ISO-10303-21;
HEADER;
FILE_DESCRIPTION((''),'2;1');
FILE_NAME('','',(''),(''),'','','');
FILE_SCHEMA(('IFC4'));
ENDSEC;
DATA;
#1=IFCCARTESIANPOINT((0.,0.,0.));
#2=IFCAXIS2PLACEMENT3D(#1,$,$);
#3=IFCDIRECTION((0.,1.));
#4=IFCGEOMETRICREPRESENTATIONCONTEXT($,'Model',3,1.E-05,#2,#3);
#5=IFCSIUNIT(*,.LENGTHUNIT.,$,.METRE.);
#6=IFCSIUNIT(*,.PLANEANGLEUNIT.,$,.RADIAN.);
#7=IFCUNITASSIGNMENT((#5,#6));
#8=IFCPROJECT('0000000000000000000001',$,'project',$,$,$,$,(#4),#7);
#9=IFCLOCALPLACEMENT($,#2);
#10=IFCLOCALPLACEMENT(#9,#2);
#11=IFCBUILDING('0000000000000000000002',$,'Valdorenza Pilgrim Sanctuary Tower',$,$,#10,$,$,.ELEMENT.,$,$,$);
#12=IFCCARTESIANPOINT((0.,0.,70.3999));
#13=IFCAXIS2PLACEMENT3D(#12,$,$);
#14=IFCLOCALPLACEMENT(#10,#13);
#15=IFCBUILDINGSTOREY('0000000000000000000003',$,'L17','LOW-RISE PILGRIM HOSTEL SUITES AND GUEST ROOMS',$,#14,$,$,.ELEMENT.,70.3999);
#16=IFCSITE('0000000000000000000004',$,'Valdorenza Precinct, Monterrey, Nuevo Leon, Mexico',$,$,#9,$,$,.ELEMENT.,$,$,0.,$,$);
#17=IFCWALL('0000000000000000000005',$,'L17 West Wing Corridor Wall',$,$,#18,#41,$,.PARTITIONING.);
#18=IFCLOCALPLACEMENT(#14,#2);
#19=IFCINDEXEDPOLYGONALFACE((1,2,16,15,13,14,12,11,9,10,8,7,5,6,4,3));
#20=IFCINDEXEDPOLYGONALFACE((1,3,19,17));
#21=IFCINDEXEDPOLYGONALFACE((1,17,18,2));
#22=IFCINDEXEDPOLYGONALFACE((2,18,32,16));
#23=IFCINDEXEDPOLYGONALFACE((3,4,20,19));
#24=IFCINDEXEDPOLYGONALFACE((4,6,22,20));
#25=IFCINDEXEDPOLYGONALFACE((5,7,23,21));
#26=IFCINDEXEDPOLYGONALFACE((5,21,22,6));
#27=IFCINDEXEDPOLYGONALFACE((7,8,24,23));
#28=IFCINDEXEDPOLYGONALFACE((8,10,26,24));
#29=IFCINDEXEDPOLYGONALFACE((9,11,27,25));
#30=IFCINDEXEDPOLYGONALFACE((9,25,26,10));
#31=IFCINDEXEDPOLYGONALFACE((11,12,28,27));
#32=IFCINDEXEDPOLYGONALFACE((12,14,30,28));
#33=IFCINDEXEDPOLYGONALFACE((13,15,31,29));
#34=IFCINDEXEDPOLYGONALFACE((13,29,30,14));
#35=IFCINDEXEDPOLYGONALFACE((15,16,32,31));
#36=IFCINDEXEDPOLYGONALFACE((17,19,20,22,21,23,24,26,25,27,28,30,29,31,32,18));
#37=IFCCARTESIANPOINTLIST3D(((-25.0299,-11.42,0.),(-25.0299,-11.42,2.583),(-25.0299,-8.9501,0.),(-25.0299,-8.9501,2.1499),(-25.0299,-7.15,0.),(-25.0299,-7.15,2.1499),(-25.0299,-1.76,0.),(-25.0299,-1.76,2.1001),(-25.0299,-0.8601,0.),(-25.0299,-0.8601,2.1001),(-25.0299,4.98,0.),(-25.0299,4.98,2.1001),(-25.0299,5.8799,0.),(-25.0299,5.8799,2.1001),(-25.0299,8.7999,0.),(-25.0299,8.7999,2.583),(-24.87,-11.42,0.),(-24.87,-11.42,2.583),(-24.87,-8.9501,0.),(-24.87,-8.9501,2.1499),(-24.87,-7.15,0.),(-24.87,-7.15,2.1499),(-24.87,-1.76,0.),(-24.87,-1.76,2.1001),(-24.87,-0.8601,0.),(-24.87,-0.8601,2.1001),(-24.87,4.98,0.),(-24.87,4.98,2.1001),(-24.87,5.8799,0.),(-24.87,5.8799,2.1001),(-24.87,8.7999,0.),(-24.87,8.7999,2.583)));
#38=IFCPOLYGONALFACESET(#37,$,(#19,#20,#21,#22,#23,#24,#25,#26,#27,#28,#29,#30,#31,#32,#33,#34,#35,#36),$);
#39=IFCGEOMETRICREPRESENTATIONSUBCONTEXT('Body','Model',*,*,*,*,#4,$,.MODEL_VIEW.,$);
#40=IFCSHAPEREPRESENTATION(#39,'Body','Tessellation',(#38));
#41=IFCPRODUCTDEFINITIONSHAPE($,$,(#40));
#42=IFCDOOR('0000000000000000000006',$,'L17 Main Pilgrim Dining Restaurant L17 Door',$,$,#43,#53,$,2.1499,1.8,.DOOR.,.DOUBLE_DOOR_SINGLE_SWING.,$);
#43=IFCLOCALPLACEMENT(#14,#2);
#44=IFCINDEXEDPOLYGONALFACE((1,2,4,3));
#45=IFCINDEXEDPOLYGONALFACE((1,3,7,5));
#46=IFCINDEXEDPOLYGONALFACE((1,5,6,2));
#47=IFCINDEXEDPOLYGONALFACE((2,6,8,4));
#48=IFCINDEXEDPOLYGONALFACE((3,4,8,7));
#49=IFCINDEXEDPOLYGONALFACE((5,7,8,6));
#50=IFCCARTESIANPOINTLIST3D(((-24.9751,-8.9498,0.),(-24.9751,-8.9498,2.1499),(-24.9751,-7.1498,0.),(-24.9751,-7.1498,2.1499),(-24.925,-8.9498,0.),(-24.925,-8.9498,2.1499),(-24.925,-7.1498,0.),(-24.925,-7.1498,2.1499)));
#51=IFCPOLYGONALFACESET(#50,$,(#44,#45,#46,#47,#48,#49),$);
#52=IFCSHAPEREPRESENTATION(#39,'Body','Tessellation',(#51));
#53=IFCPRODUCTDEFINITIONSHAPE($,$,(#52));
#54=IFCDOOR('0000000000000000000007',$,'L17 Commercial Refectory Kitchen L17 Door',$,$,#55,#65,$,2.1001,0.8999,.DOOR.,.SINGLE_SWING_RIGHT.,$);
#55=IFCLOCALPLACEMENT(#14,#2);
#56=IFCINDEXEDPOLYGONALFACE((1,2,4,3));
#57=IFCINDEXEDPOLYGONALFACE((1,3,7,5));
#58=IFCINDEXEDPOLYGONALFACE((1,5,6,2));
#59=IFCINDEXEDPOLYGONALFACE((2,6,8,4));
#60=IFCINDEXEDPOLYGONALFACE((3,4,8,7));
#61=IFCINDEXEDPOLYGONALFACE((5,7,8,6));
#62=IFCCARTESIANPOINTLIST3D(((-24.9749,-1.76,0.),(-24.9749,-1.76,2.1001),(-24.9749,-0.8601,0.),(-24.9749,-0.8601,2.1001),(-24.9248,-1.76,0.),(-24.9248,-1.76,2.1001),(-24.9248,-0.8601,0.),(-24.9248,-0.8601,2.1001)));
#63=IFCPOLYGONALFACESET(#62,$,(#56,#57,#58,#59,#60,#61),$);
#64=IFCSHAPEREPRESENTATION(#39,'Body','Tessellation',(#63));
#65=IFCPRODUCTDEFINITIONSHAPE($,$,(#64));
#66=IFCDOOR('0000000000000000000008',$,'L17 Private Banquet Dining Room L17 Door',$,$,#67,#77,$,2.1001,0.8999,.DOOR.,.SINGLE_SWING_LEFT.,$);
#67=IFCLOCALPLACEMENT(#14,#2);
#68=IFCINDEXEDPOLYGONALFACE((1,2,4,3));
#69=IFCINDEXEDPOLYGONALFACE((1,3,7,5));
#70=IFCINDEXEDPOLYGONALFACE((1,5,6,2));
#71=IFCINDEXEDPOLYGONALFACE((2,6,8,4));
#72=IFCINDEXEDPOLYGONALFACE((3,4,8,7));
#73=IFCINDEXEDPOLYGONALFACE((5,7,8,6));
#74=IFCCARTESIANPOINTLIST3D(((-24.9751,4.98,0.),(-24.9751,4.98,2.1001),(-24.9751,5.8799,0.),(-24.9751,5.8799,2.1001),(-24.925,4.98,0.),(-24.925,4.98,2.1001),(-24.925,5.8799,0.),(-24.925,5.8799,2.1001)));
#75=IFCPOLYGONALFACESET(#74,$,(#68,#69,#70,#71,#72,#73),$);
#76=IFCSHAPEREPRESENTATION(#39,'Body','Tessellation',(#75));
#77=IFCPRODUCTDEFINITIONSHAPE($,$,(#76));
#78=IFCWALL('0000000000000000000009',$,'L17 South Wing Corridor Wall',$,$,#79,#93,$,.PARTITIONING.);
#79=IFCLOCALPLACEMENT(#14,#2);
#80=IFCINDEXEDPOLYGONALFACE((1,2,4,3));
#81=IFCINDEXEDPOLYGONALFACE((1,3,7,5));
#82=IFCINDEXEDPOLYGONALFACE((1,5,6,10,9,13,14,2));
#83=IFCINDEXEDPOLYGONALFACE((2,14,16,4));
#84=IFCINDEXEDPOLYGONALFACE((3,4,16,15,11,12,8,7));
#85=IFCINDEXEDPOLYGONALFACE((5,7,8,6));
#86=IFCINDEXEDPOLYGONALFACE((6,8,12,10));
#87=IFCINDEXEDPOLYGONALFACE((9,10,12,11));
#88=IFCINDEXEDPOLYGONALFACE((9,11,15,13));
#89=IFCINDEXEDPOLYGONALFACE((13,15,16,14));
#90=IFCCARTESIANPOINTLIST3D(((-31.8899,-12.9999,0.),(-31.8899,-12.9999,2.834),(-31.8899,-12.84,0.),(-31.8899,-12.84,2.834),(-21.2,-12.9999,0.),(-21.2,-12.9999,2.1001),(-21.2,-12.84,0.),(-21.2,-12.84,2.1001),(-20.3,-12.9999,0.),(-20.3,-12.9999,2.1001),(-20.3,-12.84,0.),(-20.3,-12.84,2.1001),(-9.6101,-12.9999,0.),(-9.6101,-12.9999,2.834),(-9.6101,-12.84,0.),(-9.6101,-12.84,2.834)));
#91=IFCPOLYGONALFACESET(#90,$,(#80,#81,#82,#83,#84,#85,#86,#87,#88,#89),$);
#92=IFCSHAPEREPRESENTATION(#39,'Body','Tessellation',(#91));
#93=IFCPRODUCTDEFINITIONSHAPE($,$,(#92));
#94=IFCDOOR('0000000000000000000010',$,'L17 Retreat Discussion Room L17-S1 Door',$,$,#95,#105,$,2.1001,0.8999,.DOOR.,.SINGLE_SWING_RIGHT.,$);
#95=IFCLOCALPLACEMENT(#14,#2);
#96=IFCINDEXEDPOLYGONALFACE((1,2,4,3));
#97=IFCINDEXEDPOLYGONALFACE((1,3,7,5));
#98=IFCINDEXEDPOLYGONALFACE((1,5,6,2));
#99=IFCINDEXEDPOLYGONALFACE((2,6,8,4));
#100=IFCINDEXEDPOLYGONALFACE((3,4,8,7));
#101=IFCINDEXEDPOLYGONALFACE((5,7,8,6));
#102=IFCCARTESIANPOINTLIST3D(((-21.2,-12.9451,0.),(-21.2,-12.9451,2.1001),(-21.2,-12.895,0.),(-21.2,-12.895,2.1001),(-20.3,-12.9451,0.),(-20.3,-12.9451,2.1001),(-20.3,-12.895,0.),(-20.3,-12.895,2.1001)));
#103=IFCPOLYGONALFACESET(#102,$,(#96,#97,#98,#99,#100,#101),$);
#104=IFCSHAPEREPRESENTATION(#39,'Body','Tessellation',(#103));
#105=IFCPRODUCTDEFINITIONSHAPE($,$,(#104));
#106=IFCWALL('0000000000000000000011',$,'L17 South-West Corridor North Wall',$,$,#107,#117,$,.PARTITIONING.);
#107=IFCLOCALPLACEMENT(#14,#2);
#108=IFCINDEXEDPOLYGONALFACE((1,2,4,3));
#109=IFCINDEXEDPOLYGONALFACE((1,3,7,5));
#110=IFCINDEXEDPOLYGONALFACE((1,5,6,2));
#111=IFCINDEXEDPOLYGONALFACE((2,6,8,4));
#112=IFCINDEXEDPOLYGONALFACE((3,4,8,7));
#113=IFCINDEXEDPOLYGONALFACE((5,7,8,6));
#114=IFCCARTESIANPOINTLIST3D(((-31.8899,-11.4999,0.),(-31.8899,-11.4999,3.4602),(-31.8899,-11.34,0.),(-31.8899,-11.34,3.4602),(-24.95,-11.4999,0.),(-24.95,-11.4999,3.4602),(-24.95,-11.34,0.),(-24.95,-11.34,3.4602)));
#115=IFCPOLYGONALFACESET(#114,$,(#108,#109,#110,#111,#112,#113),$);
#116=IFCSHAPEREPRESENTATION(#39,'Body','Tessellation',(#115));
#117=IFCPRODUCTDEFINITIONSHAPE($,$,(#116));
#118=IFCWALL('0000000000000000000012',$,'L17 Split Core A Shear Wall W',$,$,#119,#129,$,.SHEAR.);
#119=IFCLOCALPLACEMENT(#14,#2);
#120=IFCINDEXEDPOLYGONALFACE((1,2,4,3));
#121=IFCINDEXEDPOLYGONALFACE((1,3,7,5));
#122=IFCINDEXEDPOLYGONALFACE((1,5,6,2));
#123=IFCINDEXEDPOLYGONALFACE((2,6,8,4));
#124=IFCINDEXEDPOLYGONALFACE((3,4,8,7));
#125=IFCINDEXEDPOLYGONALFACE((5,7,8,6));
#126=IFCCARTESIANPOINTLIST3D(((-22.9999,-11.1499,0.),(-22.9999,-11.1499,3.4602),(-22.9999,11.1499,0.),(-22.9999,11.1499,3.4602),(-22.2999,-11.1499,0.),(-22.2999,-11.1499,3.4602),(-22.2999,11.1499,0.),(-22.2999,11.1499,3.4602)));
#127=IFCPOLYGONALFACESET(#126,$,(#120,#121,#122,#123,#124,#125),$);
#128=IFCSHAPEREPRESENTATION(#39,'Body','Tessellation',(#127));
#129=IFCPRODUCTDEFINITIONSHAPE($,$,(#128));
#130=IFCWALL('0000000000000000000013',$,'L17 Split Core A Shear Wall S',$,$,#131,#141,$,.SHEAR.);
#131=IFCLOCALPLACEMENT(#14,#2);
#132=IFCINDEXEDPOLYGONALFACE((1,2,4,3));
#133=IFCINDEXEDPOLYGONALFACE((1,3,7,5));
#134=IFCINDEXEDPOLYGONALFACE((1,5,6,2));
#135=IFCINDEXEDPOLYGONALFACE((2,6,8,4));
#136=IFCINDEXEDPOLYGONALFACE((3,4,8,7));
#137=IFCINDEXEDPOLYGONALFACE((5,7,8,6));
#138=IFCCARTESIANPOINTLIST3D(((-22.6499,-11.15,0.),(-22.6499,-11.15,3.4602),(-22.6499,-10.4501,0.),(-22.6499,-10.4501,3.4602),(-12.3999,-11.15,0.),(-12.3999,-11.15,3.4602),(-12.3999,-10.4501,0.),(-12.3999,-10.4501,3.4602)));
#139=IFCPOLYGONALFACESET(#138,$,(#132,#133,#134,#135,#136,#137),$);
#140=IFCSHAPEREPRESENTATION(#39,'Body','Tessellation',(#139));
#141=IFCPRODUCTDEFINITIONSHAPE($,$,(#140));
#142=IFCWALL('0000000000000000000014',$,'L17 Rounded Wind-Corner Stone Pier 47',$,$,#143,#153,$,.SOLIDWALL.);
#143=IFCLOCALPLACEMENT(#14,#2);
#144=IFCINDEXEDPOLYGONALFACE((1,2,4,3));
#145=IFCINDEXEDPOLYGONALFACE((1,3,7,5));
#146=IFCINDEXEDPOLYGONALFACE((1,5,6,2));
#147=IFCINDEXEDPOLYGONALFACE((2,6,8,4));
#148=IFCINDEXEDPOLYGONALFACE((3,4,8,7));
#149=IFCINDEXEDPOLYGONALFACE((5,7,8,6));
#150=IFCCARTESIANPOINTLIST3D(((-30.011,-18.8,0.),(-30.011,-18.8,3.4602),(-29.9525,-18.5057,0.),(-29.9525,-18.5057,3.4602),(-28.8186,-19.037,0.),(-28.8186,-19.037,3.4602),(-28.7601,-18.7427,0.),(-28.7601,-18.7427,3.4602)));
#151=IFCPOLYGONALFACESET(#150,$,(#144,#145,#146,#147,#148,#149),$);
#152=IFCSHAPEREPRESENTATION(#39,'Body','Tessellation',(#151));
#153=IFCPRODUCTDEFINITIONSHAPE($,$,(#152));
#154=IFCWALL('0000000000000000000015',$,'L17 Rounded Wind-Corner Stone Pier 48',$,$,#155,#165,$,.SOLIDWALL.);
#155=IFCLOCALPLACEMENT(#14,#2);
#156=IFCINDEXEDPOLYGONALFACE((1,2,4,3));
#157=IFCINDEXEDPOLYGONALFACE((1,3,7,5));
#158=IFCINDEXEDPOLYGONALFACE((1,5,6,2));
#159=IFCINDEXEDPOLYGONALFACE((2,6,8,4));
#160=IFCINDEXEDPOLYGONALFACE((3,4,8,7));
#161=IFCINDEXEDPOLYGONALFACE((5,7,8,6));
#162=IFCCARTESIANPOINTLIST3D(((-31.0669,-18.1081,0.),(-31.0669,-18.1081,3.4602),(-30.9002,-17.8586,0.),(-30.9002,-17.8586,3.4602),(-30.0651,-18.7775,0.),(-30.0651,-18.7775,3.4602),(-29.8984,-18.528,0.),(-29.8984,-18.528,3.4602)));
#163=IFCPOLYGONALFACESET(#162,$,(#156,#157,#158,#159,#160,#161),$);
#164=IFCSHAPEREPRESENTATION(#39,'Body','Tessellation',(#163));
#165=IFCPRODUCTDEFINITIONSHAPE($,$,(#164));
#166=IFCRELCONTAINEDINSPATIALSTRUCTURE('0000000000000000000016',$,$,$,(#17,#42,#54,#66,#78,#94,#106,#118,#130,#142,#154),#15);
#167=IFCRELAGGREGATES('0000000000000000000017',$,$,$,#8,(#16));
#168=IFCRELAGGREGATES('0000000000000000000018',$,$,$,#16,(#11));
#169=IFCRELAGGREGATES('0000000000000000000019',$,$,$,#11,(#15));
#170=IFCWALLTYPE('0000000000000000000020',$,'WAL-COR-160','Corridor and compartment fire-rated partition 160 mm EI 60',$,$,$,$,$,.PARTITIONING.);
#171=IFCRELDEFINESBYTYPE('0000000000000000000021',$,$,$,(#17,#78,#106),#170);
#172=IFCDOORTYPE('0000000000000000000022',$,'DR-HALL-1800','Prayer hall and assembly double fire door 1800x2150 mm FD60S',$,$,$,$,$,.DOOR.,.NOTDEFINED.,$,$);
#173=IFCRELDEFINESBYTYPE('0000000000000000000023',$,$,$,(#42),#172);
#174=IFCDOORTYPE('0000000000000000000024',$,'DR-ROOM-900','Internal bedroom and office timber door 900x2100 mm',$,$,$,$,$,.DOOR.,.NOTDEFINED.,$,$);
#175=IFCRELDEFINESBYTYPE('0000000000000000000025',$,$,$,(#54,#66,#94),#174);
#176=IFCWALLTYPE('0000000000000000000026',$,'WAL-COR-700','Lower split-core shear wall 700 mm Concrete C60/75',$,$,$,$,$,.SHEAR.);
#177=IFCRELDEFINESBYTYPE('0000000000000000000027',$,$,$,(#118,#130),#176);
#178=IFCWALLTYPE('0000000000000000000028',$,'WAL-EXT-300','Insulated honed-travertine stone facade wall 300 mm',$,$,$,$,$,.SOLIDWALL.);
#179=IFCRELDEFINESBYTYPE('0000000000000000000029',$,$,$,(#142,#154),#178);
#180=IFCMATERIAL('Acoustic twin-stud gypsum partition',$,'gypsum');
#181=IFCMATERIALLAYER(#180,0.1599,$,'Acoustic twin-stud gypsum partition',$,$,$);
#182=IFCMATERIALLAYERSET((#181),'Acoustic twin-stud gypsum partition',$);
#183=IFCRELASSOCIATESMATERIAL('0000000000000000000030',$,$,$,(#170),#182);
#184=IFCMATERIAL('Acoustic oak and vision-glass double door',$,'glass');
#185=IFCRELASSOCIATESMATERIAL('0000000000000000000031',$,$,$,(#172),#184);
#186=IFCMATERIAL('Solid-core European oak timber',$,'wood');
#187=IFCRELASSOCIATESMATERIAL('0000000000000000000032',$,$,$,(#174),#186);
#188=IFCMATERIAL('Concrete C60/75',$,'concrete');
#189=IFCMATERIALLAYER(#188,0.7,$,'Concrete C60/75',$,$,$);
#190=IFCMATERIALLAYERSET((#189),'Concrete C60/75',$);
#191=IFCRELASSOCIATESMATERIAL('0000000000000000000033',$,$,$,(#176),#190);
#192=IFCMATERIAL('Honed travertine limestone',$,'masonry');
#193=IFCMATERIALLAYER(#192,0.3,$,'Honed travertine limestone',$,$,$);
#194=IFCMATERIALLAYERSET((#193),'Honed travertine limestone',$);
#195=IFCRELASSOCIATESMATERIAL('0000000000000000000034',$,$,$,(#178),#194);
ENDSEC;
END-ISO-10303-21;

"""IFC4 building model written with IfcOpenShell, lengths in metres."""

from ifc_helpers import new_model, si_unit, direction, frame, frame_2d, origin, place, context, subcontext, project, spatial, rectangle, extrude, material, layer, layer_set, type_object, element, fill, save


model = new_model("IFC4")

# Units and contexts
model_context = context("Model", 3, precision=1e-05, world=origin(), true_north=direction((0.0, 1.0)))
body_context = subcontext(model_context, "Body", "Model", "MODEL_VIEW")
ifc_project = project(units=[si_unit("LENGTHUNIT", "METRE"), si_unit("PLANEANGLEUNIT", "RADIAN")], contexts=[model_context])

# Site, building, storey
site_placement = place(None, origin())
site = spatial("IfcSite", under=ifc_project, at=site_placement, Name="Valdorenza Precinct, Monterrey, Nuevo Leon, Mexico", CompositionType="ELEMENT", RefElevation=0.0)
building_placement = place(site_placement, origin())
building = spatial("IfcBuilding", under=site, at=building_placement, Name="Valdorenza Pilgrim Sanctuary Tower", CompositionType="ELEMENT")
storey_placement = place(building_placement, frame((0.0, 0.0, 70.3999)))
storey = spatial("IfcBuildingStorey", under=building, at=storey_placement, Name="L17", Description="LOW-RISE PILGRIM HOSTEL SUITES AND GUEST ROOMS", CompositionType="ELEMENT", Elevation=70.3999)

# Shared definitions
ifc_material_1 = material(Name="Concrete C60/75", Category="concrete")

# Shared definitions
ifc_material_2 = material(Name="Honed travertine limestone", Category="masonry")

# Wall, openings, doors
ifc_material_3 = material(Name="Acoustic twin-stud gypsum partition", Category="gypsum")
ifc_layer_1 = layer(ifc_material_3, 0.1599, Name="Acoustic twin-stud gypsum partition")
ifc_layer_set_1 = layer_set([ifc_layer_1], Name="Acoustic twin-stud gypsum partition")
wall_type_1 = type_object("IfcWallType", Name="WAL-COR-160", Description="Corridor and compartment fire-rated partition 160 mm EI 60", PredefinedType="PARTITIONING", material=ifc_layer_set_1)
wall_1_placement = place(storey_placement, frame((-24.95, -11.4199, 0.0), z_axis=(0.0, 0.0, 1.0), x_axis=(0.0, 1.0, 0.0)))
wall_1 = element("IfcWall", 1, at=wall_1_placement, inside=storey, type_object=wall_type_1, Name="L17 West Wing Corridor Wall", PredefinedType="PARTITIONING", context=body_context, shape_type="SweptSolid", body=[
    extrude(rectangle(XDim=20.22, YDim=0.1599, at=frame_2d((10.1099, 0.0))), origin(), (0.0, 0.0, 1.0), 2.583),
])
opening_1_placement = place(wall_1_placement, frame((2.47, 0.0, 0.0)))
opening_1 = element("IfcOpeningElement", 2, at=opening_1_placement, cuts=wall_1, PredefinedType="OPENING", context=body_context, shape_type="SweptSolid", body=[
    extrude(rectangle(XDim=1.8, YDim=2.1499, at=frame_2d((0.8999, 1.075))), frame((0.0, 0.0947, 0.0), z_axis=(0.0, -1.0, 0.0), x_axis=(1.0, 0.0, 0.0)), (0.0, 0.0, 1.0), 0.1897),
])
opening_2_placement = place(wall_1_placement, frame((9.6599, 0.0, 0.0)))
opening_2 = element("IfcOpeningElement", 3, at=opening_2_placement, cuts=wall_1, PredefinedType="OPENING", context=body_context, shape_type="SweptSolid", body=[
    extrude(rectangle(XDim=0.8999, YDim=2.1001, at=frame_2d((0.45, 1.05))), frame((0.0, 0.0947, 0.0), z_axis=(0.0, -1.0, 0.0), x_axis=(1.0, 0.0, 0.0)), (0.0, 0.0, 1.0), 0.1897),
])
opening_3_placement = place(wall_1_placement, frame((16.3999, 0.0, 0.0)))
opening_3 = element("IfcOpeningElement", 4, at=opening_3_placement, cuts=wall_1, PredefinedType="OPENING", context=body_context, shape_type="SweptSolid", body=[
    extrude(rectangle(XDim=0.8999, YDim=2.1001, at=frame_2d((0.45, 1.05))), frame((0.0, 0.0947, 0.0), z_axis=(0.0, -1.0, 0.0), x_axis=(1.0, 0.0, 0.0)), (0.0, 0.0, 1.0), 0.1897),
])
ifc_material_4 = material(Name="Acoustic oak and vision-glass double door", Category="glass")
door_type_1 = type_object("IfcDoorType", Name="DR-HALL-1800", Description="Prayer hall and assembly double fire door 1800x2150 mm FD60S", OperationType="NOTDEFINED", PredefinedType="DOOR", material=ifc_material_4)
door_1_placement = place(opening_1_placement, frame((1.8, 0.0, 0.0), z_axis=(0.0, 0.0, 1.0), x_axis=(-1.0, 0.0, 0.0)))
door_1 = element("IfcDoor", 5, at=door_1_placement, inside=storey, type_object=door_type_1, Name="L17 Main Pilgrim Dining Restaurant L17 Door", OperationType="DOUBLE_DOOR_SINGLE_SWING", OverallHeight=2.1499, OverallWidth=1.8, PredefinedType="DOOR", context=body_context, shape_type="SweptSolid", body=[
    extrude(rectangle(XDim=1.8, YDim=2.1499, at=frame_2d((0.8999, 1.075))), frame((0.0, 0.0249, 0.0), z_axis=(0.0, -1.0, 0.0), x_axis=(1.0, 0.0, 0.0)), (0.0, 0.0, 1.0), 0.05),
])
fill(opening_1, door_1)
ifc_material_5 = material(Name="Solid-core European oak timber", Category="wood")
door_type_2 = type_object("IfcDoorType", Name="DR-ROOM-900", Description="Internal bedroom and office timber door 900x2100 mm", OperationType="NOTDEFINED", PredefinedType="DOOR", material=ifc_material_5)
door_2_placement = place(opening_2_placement, origin())
door_2 = element("IfcDoor", 6, at=door_2_placement, inside=storey, type_object=door_type_2, Name="L17 Commercial Refectory Kitchen L17 Door", OperationType="SINGLE_SWING_RIGHT", OverallHeight=2.1001, OverallWidth=0.8999, PredefinedType="DOOR", context=body_context, shape_type="SweptSolid", body=[
    extrude(rectangle(XDim=0.8999, YDim=2.1001, at=frame_2d((0.45, 1.05))), frame((0.0, 0.0249, 0.0), z_axis=(0.0, -1.0, 0.0), x_axis=(1.0, 0.0, 0.0)), (0.0, 0.0, 1.0), 0.05),
])
fill(opening_2, door_2)
door_3_placement = place(opening_3_placement, frame((0.8999, 0.0, 0.0), z_axis=(0.0, 0.0, 1.0), x_axis=(-1.0, 0.0, 0.0)))
door_3 = element("IfcDoor", 7, at=door_3_placement, inside=storey, type_object=door_type_2, Name="L17 Private Banquet Dining Room L17 Door", OperationType="SINGLE_SWING_LEFT", OverallHeight=2.1001, OverallWidth=0.8999, PredefinedType="DOOR", context=body_context, shape_type="SweptSolid", body=[
    extrude(rectangle(XDim=0.8999, YDim=2.1001, at=frame_2d((0.45, 1.05))), frame((0.0, 0.0249, 0.0), z_axis=(0.0, -1.0, 0.0), x_axis=(1.0, 0.0, 0.0)), (0.0, 0.0, 1.0), 0.05),
])
fill(opening_3, door_3)

# Wall, opening, door
wall_2_placement = place(storey_placement, frame((-31.8899, -12.9199, 0.0), z_axis=(0.0, 0.0, 1.0), x_axis=(1.0, 0.0, 0.0)))
wall_2 = element("IfcWall", 8, at=wall_2_placement, inside=storey, type_object=wall_type_1, Name="L17 South Wing Corridor Wall", PredefinedType="PARTITIONING", context=body_context, shape_type="SweptSolid", body=[
    extrude(rectangle(XDim=22.2798, YDim=0.1599, at=frame_2d((11.1399, 0.0))), origin(), (0.0, 0.0, 1.0), 2.834),
])
opening_4_placement = place(wall_2_placement, frame((10.6899, 0.0, 0.0)))
opening_4 = element("IfcOpeningElement", 9, at=opening_4_placement, cuts=wall_2, PredefinedType="OPENING", context=body_context, shape_type="SweptSolid", body=[
    extrude(rectangle(XDim=0.8999, YDim=2.1001, at=frame_2d((0.45, 1.05))), frame((0.0, 0.0947, 0.0), z_axis=(0.0, -1.0, 0.0), x_axis=(1.0, 0.0, 0.0)), (0.0, 0.0, 1.0), 0.1897),
])
door_4_placement = place(opening_4_placement, origin())
door_4 = element("IfcDoor", 10, at=door_4_placement, inside=storey, type_object=door_type_2, Name="L17 Retreat Discussion Room L17-S1 Door", OperationType="SINGLE_SWING_RIGHT", OverallHeight=2.1001, OverallWidth=0.8999, PredefinedType="DOOR", context=body_context, shape_type="SweptSolid", body=[
    extrude(rectangle(XDim=0.8999, YDim=2.1001, at=frame_2d((0.45, 1.05))), frame((0.0, 0.0249, 0.0), z_axis=(0.0, -1.0, 0.0), x_axis=(1.0, 0.0, 0.0)), (0.0, 0.0, 1.0), 0.05),
])
fill(opening_4, door_4)

# Walls
wall_3_placement = place(storey_placement, frame((-31.8899, -11.4199, 0.0), z_axis=(0.0, 0.0, 1.0), x_axis=(1.0, 0.0, 0.0)))
element("IfcWall", 11, at=wall_3_placement, inside=storey, type_object=wall_type_1, Name="L17 South-West Corridor North Wall", PredefinedType="PARTITIONING", context=body_context, shape_type="SweptSolid", body=[
    extrude(rectangle(XDim=6.9399, YDim=0.1599, at=frame_2d((3.47, 0.0))), origin(), (0.0, 0.0, 1.0), 3.4602),
])
ifc_layer_2 = layer(ifc_material_1, 0.7, Name="Concrete C60/75")
ifc_layer_set_2 = layer_set([ifc_layer_2], Name="Concrete C60/75")
wall_type_2 = type_object("IfcWallType", Name="WAL-COR-700", Description="Lower split-core shear wall 700 mm Concrete C60/75", PredefinedType="SHEAR", material=ifc_layer_set_2)
wall_4_placement = place(storey_placement, frame((-22.6499, -11.1499, 0.0), z_axis=(0.0, 0.0, 1.0), x_axis=(0.0, 1.0, 0.0)))
element("IfcWall", 12, at=wall_4_placement, inside=storey, type_object=wall_type_2, Name="L17 Split Core A Shear Wall W", PredefinedType="SHEAR", context=body_context, shape_type="SweptSolid", body=[
    extrude(rectangle(XDim=22.2998, YDim=0.7, at=frame_2d((11.1499, 0.0))), origin(), (0.0, 0.0, 1.0), 3.4602),
])
wall_5_placement = place(storey_placement, frame((-22.6499, -10.8, 0.0), z_axis=(0.0, 0.0, 1.0), x_axis=(1.0, 0.0, 0.0)))
element("IfcWall", 13, at=wall_5_placement, inside=storey, type_object=wall_type_2, Name="L17 Split Core A Shear Wall S", PredefinedType="SHEAR", context=body_context, shape_type="SweptSolid", body=[
    extrude(rectangle(XDim=10.25, YDim=0.7, at=frame_2d((5.125, 0.0))), origin(), (0.0, 0.0, 1.0), 3.4602),
])
ifc_layer_3 = layer(ifc_material_2, 0.3, Name="Honed travertine limestone")
ifc_layer_set_3 = layer_set([ifc_layer_3], Name="Honed travertine limestone")
wall_type_3 = type_object("IfcWallType", Name="WAL-EXT-300", Description="Insulated honed-travertine stone facade wall 300 mm", PredefinedType="SOLIDWALL", material=ifc_layer_set_3)
wall_6_placement = place(storey_placement, frame((-28.7893, -18.8899, 0.0), z_axis=(0.0, 0.0, 1.0), x_axis=(-0.980804, 0.194996, 0.0)))
element("IfcWall", 14, at=wall_6_placement, inside=storey, type_object=wall_type_3, Name="L17 Rounded Wind-Corner Stone Pier 47", PredefinedType="SOLIDWALL", context=body_context, shape_type="SweptSolid", body=[
    extrude(rectangle(XDim=1.2158, YDim=0.3, at=frame_2d((0.6079, 0.0))), origin(), (0.0, 0.0, 1.0), 3.4602),
])
for number, where, z_axis, x_axis, name in (
    (15, (-29.9817, -18.6528, 0.0), (0.0, 0.0, 1.0), (-0.831426, 0.555635, 0.0), "L17 Rounded Wind-Corner Stone Pier 48"),
):
    element("IfcWall", number, at=place(storey_placement, frame(where, z_axis=z_axis, x_axis=x_axis)), inside=storey, type_object=wall_type_3, Name=name, PredefinedType="SOLIDWALL", context=body_context, shape_type="SweptSolid", body=[
        extrude(rectangle(XDim=1.2048, YDim=0.3, at=frame_2d((0.6025, 0.0))), origin(), (0.0, 0.0, 1.0), 3.4602),
    ])

save(model, "model.ifc")
